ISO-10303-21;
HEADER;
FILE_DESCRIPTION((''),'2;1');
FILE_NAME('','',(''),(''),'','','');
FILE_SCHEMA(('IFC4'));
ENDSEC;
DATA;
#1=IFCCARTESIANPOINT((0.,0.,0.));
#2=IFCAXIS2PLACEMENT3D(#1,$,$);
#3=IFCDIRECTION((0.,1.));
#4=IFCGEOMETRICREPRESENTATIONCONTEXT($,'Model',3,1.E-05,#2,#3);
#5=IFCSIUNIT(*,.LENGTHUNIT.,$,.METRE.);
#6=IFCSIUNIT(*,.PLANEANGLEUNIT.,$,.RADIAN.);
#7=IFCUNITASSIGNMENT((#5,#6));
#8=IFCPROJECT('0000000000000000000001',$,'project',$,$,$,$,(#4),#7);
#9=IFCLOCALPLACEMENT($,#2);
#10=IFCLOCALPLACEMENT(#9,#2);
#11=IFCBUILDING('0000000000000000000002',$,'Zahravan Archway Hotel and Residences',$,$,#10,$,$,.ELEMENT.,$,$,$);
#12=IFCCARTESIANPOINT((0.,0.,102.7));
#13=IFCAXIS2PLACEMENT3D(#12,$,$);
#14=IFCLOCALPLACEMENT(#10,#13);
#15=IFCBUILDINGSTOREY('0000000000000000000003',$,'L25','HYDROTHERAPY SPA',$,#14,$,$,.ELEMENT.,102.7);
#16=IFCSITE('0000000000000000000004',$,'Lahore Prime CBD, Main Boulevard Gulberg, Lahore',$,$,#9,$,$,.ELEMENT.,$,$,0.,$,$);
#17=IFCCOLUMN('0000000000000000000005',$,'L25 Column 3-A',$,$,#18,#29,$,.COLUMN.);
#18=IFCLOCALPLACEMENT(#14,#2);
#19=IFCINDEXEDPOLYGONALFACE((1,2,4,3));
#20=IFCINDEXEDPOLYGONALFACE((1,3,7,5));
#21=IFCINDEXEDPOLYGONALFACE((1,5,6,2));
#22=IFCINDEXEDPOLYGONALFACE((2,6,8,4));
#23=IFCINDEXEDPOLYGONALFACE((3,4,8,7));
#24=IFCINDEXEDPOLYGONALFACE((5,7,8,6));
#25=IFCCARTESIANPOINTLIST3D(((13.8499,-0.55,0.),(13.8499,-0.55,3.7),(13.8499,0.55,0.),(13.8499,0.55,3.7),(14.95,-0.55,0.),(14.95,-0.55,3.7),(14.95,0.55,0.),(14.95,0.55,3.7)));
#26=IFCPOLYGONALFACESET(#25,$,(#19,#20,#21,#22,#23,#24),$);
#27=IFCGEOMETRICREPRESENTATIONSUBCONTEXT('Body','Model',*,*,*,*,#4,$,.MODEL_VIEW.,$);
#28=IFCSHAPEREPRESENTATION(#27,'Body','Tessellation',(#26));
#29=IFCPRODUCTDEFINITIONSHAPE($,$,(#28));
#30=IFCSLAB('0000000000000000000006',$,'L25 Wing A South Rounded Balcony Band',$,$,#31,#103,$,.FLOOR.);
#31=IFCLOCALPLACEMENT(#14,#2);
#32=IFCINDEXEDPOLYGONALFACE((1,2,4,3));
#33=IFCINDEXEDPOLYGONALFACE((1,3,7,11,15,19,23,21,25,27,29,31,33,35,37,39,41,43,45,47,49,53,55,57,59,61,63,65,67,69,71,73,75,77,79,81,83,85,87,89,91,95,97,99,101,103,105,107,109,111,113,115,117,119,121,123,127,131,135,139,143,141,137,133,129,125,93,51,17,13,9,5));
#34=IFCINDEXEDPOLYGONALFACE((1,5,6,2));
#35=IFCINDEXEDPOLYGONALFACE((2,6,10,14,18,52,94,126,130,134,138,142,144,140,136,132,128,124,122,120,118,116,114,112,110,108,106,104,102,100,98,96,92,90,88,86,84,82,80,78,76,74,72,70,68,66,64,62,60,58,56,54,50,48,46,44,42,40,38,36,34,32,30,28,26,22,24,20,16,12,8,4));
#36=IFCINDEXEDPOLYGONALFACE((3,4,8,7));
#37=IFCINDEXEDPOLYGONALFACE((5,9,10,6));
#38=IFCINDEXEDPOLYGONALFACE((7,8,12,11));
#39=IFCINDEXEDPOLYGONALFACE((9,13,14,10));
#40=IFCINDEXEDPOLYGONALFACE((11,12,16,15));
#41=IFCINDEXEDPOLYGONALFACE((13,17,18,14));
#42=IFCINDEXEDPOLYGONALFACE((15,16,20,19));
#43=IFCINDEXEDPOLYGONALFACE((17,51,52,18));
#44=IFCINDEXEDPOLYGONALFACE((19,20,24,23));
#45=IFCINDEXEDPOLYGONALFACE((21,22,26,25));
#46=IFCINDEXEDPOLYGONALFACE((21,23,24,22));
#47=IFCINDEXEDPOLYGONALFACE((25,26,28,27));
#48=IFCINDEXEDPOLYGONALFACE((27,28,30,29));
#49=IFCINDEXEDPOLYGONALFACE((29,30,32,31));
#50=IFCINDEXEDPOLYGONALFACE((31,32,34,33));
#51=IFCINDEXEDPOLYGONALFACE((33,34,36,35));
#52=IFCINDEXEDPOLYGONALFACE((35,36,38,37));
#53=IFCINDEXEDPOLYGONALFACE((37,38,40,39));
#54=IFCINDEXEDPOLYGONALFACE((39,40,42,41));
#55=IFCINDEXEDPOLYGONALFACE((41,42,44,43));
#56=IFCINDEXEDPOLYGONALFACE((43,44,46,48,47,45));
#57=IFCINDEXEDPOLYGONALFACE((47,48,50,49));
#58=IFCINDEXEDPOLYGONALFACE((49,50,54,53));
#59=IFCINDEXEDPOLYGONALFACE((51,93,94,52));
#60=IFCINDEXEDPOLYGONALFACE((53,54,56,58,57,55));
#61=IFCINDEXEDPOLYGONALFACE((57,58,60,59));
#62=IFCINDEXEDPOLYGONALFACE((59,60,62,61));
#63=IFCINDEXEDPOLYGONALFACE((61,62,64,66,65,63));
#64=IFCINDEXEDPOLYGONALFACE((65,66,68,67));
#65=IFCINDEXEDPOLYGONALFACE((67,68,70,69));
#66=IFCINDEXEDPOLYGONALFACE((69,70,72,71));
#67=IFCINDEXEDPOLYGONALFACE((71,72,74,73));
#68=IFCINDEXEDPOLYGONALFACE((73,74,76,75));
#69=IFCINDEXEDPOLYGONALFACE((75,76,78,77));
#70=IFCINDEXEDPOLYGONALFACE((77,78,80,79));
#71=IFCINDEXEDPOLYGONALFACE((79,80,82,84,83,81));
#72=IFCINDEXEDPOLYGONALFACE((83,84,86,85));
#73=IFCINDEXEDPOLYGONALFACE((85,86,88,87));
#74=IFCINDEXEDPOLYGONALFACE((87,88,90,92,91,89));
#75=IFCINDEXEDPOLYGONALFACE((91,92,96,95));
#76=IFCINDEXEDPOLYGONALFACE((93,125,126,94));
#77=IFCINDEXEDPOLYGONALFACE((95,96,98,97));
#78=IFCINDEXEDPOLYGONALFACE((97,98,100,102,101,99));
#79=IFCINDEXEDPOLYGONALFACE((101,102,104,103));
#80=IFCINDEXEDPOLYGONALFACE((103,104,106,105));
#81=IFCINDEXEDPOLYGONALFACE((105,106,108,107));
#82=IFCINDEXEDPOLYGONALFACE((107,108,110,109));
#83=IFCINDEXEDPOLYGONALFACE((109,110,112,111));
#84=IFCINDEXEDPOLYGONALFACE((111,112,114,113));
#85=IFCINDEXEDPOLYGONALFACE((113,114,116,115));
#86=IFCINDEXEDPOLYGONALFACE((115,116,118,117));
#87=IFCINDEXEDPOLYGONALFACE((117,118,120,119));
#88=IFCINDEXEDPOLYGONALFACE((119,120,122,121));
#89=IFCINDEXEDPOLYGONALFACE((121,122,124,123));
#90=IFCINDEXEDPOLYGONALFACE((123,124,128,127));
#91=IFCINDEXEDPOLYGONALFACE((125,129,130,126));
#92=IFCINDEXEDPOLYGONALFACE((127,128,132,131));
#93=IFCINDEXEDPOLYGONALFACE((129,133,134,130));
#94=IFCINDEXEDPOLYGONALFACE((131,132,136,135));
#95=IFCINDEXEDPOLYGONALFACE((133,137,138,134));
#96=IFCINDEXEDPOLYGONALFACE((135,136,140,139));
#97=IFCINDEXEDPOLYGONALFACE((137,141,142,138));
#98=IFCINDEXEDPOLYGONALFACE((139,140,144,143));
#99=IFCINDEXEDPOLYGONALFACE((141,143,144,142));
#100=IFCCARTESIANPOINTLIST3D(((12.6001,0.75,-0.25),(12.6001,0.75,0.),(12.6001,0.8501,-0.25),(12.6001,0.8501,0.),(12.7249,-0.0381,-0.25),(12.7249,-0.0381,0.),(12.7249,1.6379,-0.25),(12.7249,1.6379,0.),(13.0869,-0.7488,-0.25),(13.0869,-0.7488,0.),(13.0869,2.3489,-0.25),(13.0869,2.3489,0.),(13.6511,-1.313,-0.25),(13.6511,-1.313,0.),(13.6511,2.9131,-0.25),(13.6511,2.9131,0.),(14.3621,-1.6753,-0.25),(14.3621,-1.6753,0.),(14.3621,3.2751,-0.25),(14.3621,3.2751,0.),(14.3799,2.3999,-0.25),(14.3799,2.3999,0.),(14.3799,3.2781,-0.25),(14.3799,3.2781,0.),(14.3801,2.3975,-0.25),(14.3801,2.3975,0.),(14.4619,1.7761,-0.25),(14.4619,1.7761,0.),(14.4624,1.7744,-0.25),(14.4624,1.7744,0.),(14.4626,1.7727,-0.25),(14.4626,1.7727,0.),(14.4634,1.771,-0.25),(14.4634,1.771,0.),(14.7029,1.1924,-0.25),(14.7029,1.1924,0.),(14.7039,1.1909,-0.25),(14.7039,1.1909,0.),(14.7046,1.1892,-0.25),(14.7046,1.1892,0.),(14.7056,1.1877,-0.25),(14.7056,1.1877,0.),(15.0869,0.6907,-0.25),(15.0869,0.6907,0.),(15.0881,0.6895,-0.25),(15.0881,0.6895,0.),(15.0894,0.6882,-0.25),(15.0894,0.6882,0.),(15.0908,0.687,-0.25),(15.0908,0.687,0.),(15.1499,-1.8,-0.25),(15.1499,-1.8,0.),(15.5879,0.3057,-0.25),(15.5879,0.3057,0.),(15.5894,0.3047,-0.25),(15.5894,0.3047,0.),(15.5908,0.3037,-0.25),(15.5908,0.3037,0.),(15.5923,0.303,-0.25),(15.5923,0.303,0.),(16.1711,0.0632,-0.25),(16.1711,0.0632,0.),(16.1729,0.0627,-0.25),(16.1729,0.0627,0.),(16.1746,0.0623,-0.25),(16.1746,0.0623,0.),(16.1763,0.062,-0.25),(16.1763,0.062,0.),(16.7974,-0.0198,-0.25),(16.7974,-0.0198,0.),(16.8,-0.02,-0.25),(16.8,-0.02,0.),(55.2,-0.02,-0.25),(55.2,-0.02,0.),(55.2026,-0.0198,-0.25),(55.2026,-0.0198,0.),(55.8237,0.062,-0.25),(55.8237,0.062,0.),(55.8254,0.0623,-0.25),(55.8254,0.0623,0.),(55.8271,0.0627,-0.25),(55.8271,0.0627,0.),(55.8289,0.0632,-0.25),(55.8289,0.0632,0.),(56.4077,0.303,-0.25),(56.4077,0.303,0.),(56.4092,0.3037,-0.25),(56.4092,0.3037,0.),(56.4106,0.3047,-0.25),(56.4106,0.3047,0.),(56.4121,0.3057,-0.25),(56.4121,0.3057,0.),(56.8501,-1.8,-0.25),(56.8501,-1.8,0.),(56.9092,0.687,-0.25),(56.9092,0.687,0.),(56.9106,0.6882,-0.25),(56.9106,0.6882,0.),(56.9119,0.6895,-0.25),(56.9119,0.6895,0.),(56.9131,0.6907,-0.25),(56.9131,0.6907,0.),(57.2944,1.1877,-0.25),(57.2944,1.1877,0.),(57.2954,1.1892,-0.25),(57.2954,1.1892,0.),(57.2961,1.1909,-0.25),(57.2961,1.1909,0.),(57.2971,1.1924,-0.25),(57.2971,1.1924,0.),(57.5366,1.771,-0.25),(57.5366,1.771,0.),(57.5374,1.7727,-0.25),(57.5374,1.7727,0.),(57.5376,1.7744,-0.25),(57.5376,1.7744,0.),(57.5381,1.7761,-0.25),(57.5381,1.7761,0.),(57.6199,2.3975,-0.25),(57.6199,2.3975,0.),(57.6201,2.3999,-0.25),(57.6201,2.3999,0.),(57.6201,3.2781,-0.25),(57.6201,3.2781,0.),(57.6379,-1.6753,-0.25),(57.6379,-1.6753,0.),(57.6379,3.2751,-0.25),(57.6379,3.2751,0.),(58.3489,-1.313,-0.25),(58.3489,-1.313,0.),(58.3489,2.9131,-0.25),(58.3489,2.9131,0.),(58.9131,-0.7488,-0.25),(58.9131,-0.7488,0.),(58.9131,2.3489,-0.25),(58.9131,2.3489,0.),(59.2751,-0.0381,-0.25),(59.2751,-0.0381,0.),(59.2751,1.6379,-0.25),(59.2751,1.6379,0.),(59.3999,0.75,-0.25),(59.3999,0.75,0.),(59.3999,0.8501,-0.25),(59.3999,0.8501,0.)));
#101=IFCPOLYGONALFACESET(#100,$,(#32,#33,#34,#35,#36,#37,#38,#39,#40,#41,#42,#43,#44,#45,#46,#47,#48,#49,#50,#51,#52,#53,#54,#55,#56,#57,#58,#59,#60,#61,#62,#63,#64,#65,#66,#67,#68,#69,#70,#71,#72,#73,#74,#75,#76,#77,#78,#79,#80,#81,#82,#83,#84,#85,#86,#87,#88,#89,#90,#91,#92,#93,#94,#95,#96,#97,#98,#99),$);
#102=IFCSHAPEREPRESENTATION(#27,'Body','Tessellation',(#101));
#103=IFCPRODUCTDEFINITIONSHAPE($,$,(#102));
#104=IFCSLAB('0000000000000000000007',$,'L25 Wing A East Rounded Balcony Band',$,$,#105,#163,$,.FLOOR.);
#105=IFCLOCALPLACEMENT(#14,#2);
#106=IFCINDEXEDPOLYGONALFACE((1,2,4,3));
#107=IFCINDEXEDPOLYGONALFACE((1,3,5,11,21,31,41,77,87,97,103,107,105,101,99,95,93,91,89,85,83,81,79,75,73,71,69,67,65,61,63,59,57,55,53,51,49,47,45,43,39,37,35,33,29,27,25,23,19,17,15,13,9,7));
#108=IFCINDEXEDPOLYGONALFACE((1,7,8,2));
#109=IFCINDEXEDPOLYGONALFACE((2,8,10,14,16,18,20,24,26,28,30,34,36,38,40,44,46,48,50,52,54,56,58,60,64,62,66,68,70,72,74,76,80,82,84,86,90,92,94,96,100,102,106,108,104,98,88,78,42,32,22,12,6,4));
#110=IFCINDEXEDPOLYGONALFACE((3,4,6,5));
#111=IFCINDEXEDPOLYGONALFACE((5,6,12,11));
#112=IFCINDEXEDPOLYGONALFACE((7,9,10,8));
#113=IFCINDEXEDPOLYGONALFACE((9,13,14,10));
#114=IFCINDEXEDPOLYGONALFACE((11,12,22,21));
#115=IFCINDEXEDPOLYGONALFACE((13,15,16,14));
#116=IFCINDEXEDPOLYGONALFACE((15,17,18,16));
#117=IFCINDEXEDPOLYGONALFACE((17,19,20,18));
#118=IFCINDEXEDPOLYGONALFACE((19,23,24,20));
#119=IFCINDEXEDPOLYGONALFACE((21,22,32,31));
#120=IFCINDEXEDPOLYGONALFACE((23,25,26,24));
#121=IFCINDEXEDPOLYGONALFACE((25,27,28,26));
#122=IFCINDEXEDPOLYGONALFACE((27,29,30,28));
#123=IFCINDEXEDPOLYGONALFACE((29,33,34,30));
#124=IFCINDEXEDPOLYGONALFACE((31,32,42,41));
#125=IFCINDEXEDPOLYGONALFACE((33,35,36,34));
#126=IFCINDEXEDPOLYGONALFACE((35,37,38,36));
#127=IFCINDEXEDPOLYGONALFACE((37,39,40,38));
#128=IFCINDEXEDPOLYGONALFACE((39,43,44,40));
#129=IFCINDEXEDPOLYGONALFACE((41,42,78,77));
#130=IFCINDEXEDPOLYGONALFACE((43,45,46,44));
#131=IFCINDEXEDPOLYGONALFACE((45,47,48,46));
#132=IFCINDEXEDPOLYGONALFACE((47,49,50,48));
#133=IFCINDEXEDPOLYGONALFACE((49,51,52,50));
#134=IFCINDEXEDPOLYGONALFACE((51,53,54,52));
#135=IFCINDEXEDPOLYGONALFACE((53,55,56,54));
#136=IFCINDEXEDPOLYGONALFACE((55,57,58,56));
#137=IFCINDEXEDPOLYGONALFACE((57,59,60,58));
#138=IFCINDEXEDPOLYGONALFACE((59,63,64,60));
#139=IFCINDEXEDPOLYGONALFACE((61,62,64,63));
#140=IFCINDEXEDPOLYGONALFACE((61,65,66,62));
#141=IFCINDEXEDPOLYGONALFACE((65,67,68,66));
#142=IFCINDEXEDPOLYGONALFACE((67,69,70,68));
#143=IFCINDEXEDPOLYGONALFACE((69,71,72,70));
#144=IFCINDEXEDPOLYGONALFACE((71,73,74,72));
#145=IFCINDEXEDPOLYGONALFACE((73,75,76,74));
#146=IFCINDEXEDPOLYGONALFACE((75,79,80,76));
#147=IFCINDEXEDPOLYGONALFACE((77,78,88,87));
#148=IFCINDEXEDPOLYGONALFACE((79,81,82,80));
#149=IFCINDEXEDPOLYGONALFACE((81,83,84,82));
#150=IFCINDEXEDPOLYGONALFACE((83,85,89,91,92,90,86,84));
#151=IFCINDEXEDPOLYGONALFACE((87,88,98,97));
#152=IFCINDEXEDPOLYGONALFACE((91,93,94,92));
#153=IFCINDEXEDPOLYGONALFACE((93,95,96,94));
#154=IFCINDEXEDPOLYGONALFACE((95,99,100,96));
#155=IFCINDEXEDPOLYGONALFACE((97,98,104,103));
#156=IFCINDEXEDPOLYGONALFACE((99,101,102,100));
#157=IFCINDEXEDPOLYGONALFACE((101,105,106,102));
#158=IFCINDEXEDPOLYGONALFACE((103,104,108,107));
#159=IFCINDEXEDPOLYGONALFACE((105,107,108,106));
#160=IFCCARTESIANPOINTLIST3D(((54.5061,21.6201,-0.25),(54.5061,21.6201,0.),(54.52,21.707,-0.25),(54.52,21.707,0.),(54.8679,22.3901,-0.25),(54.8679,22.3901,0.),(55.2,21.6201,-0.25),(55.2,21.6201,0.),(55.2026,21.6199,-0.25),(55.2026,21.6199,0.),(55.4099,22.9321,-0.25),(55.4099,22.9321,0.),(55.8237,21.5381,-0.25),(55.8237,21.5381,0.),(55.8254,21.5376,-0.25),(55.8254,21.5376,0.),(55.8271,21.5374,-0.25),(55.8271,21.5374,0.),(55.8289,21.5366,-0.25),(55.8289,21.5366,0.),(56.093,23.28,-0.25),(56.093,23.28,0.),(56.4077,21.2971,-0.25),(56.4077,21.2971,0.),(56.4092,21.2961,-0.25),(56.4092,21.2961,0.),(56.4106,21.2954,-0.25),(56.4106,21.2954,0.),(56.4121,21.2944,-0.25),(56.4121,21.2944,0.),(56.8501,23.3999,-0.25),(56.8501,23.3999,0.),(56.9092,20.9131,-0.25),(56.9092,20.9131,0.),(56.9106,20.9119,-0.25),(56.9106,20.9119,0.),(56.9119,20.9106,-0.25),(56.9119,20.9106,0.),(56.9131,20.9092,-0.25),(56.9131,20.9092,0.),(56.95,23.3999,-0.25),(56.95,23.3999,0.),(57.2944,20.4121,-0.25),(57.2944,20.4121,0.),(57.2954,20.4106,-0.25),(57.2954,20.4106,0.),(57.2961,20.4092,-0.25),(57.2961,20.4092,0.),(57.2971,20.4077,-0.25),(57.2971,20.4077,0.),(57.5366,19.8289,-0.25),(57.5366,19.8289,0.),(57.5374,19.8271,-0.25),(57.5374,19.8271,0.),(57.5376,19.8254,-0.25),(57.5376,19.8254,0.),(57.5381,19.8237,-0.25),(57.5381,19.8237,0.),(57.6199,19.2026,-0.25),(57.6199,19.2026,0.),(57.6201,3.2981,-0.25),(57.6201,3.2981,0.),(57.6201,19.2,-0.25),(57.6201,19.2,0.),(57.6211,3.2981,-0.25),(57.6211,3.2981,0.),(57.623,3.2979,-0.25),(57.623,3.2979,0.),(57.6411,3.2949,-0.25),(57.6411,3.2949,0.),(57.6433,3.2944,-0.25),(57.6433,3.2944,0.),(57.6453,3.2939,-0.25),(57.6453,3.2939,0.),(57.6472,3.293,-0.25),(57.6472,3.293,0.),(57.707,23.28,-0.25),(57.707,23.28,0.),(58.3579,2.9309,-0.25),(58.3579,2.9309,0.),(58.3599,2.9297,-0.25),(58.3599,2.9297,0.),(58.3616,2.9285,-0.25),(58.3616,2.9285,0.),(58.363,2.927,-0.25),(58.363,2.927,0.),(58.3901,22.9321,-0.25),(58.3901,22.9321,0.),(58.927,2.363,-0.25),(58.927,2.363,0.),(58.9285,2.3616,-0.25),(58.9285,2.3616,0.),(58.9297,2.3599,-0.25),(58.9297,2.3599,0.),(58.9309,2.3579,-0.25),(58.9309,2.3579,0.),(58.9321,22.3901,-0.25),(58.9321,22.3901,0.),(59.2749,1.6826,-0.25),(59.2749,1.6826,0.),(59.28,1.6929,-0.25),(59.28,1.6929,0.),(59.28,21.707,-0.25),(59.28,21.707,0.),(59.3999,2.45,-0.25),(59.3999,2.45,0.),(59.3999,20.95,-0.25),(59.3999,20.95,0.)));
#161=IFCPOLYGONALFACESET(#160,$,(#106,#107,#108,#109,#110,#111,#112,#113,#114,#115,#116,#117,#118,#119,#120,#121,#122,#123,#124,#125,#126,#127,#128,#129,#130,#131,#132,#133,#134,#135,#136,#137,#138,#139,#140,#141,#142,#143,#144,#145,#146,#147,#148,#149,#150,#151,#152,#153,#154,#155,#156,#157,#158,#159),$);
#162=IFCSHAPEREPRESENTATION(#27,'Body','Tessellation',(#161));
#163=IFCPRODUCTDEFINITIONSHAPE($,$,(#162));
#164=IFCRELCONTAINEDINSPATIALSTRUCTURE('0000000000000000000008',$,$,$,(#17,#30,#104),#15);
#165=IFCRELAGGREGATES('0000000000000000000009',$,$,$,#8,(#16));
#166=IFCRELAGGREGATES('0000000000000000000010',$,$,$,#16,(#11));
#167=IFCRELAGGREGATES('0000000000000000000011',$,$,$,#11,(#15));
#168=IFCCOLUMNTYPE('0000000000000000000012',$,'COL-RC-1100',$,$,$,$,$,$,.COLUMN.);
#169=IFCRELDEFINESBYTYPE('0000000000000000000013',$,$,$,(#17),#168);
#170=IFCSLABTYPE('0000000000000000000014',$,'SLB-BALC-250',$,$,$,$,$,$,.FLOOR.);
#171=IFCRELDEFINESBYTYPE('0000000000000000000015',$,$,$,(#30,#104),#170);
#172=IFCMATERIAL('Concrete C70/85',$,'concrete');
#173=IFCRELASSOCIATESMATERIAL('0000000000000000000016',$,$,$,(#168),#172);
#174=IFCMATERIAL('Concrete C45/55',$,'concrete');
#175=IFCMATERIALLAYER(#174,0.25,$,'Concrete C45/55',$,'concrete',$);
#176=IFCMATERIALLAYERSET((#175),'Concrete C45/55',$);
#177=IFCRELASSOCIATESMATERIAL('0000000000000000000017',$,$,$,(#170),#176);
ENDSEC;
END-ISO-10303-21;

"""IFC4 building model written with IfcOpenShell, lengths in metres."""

from ifc_helpers import new_model, si_unit, direction, frame, origin, origin_2d, place, context, subcontext, project, spatial, polyline, rectangle, outline, extrude, source, transform, mapped, material, layer, layer_set, material_profile, profile_set, type_object, element, save


model = new_model("IFC4")

# Units and contexts
model_context = context("Model", 3, precision=1e-05, world=origin(), true_north=direction((0.0, 1.0)))
body_context = subcontext(model_context, "Body", "Model", "MODEL_VIEW")
ifc_project = project(units=[si_unit("LENGTHUNIT", "METRE"), si_unit("PLANEANGLEUNIT", "RADIAN")], contexts=[model_context])

# Site, building, storey
site_placement = place(None, origin())
site = spatial("IfcSite", under=ifc_project, at=site_placement, Name="Lahore Prime CBD, Main Boulevard Gulberg, Lahore", CompositionType="ELEMENT", RefElevation=0.0)
building_placement = place(site_placement, origin())
building = spatial("IfcBuilding", under=site, at=building_placement, Name="Zahravan Archway Hotel and Residences", CompositionType="ELEMENT")
storey_placement = place(building_placement, frame((0.0, 0.0, 102.7)))
storey = spatial("IfcBuildingStorey", under=building, at=storey_placement, Name="L25", Description="HYDROTHERAPY SPA", CompositionType="ELEMENT", Elevation=102.7)

# Column
ifc_material_1 = material(Name="Concrete C70/85", Category="concrete")
ifc_material_profile = material_profile(ifc_material_1, rectangle(XDim=1.1001, YDim=1.1001, at=origin_2d()), Name="RC 1100x1100", Category="concrete")
ifc_profile_set = profile_set([ifc_material_profile], Name="Concrete C70/85")
column_type = type_object("IfcColumnType", Name="COL-RC-1100", PredefinedType="COLUMN", material=ifc_profile_set)
shared_shape = source(origin(), body_context, "Body", "SweptSolid", [
    extrude(rectangle(XDim=1.1001, YDim=1.1001, at=origin_2d()), origin(), (0.0, 0.0, 1.0), 3.7),
])
column_placement = place(storey_placement, frame((14.3999, 0.0, 0.0), z_axis=(0.0, 0.0, 1.0), x_axis=(1.0, 0.0, 0.0)))
element("IfcColumn", 1, at=column_placement, inside=storey, type_object=column_type, Name="L25 Column 3-A", PredefinedType="COLUMN", context=body_context, shape_type="MappedRepresentation", body=[
    mapped(shared_shape, transform((0.0, 0.0, 0.0), scale=1.0)),
])

# Slabs
ifc_material_2 = material(Name="Concrete C45/55", Category="concrete")
ifc_layer_1 = layer(ifc_material_2, 0.25, Name="Concrete C45/55", Category="concrete")
ifc_layer_set_1 = layer_set([ifc_layer_1], Name="Concrete C45/55")
slab_type_1 = type_object("IfcSlabType", Name="SLB-BALC-250", PredefinedType="FLOOR", material=ifc_layer_set_1)
slab_1_placement = place(storey_placement, frame((0.0, 0.0, -0.25)))
element("IfcSlab", 2, at=slab_1_placement, inside=storey, type_object=slab_type_1, Name="L25 Wing A South Rounded Balcony Band", PredefinedType="FLOOR", context=body_context, shape_type="SweptSolid", body=[
    extrude(outline(polyline([(57.6379, 3.2751), (58.3489, 2.9131), (58.9131, 2.3489), (59.2751, 1.6379), (59.3999, 0.8501), (59.3999, 0.75), (59.2751, -0.0381), (58.9131, -0.7488), (58.3489, -1.313), (57.6379, -1.6753), (56.8501, -1.8), (15.1499, -1.8), (14.3621, -1.6753), (13.6511, -1.313), (13.0869, -0.7488), (12.7249, -0.0381), (12.6001, 0.75), (12.6001, 0.8501), (12.7249, 1.6379), (13.0869, 2.3489), (13.6511, 2.9131), (14.3621, 3.2751), (14.3799, 3.2781), (14.3799, 2.3999), (14.3801, 2.3975), (14.4619, 1.7761), (14.4624, 1.7744), (14.4626, 1.7727), (14.4634, 1.771), (14.7029, 1.1924), (14.7039, 1.1909), (14.7046, 1.1892), (14.7056, 1.1877), (15.0869, 0.6907), (15.0881, 0.6895), (15.0894, 0.6882), (15.0908, 0.687), (15.5879, 0.3057), (15.5894, 0.3047), (15.5908, 0.3037), (15.5923, 0.303), (16.1711, 0.0632), (16.1729, 0.0627), (16.1746, 0.0623), (16.1763, 0.062), (16.7974, -0.0198), (16.8, -0.02), (55.2, -0.02), (55.2026, -0.0198), (55.8237, 0.062), (55.8254, 0.0623), (55.8271, 0.0627), (55.8289, 0.0632), (56.4077, 0.303), (56.4092, 0.3037), (56.4106, 0.3047), (56.4121, 0.3057), (56.9092, 0.687), (56.9106, 0.6882), (56.9119, 0.6895), (56.9131, 0.6907), (57.2944, 1.1877), (57.2954, 1.1892), (57.2961, 1.1909), (57.2971, 1.1924), (57.5366, 1.771), (57.5374, 1.7727), (57.5376, 1.7744), (57.5381, 1.7761), (57.6199, 2.3975), (57.6201, 2.3999), (57.6201, 3.2781), (57.6379, 3.2751)])), origin(), (0.0, 0.0, 1.0), 0.25),
])
slab_2_placement = place(storey_placement, frame((0.0, 0.0, -0.25)))
element("IfcSlab", 3, at=slab_2_placement, inside=storey, type_object=slab_type_1, Name="L25 Wing A East Rounded Balcony Band", PredefinedType="FLOOR", context=body_context, shape_type="SweptSolid", body=[
    extrude(outline(polyline([(54.52, 21.707), (54.8679, 22.3901), (55.4099, 22.9321), (56.093, 23.28), (56.8501, 23.3999), (56.95, 23.3999), (57.707, 23.28), (58.3901, 22.9321), (58.9321, 22.3901), (59.28, 21.707), (59.3999, 20.95), (59.3999, 2.45), (59.28, 1.6929), (59.2749, 1.6826), (58.9309, 2.3579), (58.9297, 2.3599), (58.9285, 2.3616), (58.927, 2.363), (58.363, 2.927), (58.3616, 2.9285), (58.3599, 2.9297), (58.3579, 2.9309), (57.6472, 3.293), (57.6453, 3.2939), (57.6433, 3.2944), (57.6411, 3.2949), (57.623, 3.2979), (57.6211, 3.2981), (57.6201, 3.2981), (57.6201, 19.2), (57.6199, 19.2026), (57.5381, 19.8237), (57.5376, 19.8254), (57.5374, 19.8271), (57.5366, 19.8289), (57.2971, 20.4077), (57.2961, 20.4092), (57.2954, 20.4106), (57.2944, 20.4121), (56.9131, 20.9092), (56.9119, 20.9106), (56.9106, 20.9119), (56.9092, 20.9131), (56.4121, 21.2944), (56.4106, 21.2954), (56.4092, 21.2961), (56.4077, 21.2971), (55.8289, 21.5366), (55.8271, 21.5374), (55.8254, 21.5376), (55.8237, 21.5381), (55.2026, 21.6199), (55.2, 21.6201), (54.5061, 21.6201), (54.52, 21.707)])), origin(), (0.0, 0.0, 1.0), 0.25),
])

save(model, "model.ifc")
